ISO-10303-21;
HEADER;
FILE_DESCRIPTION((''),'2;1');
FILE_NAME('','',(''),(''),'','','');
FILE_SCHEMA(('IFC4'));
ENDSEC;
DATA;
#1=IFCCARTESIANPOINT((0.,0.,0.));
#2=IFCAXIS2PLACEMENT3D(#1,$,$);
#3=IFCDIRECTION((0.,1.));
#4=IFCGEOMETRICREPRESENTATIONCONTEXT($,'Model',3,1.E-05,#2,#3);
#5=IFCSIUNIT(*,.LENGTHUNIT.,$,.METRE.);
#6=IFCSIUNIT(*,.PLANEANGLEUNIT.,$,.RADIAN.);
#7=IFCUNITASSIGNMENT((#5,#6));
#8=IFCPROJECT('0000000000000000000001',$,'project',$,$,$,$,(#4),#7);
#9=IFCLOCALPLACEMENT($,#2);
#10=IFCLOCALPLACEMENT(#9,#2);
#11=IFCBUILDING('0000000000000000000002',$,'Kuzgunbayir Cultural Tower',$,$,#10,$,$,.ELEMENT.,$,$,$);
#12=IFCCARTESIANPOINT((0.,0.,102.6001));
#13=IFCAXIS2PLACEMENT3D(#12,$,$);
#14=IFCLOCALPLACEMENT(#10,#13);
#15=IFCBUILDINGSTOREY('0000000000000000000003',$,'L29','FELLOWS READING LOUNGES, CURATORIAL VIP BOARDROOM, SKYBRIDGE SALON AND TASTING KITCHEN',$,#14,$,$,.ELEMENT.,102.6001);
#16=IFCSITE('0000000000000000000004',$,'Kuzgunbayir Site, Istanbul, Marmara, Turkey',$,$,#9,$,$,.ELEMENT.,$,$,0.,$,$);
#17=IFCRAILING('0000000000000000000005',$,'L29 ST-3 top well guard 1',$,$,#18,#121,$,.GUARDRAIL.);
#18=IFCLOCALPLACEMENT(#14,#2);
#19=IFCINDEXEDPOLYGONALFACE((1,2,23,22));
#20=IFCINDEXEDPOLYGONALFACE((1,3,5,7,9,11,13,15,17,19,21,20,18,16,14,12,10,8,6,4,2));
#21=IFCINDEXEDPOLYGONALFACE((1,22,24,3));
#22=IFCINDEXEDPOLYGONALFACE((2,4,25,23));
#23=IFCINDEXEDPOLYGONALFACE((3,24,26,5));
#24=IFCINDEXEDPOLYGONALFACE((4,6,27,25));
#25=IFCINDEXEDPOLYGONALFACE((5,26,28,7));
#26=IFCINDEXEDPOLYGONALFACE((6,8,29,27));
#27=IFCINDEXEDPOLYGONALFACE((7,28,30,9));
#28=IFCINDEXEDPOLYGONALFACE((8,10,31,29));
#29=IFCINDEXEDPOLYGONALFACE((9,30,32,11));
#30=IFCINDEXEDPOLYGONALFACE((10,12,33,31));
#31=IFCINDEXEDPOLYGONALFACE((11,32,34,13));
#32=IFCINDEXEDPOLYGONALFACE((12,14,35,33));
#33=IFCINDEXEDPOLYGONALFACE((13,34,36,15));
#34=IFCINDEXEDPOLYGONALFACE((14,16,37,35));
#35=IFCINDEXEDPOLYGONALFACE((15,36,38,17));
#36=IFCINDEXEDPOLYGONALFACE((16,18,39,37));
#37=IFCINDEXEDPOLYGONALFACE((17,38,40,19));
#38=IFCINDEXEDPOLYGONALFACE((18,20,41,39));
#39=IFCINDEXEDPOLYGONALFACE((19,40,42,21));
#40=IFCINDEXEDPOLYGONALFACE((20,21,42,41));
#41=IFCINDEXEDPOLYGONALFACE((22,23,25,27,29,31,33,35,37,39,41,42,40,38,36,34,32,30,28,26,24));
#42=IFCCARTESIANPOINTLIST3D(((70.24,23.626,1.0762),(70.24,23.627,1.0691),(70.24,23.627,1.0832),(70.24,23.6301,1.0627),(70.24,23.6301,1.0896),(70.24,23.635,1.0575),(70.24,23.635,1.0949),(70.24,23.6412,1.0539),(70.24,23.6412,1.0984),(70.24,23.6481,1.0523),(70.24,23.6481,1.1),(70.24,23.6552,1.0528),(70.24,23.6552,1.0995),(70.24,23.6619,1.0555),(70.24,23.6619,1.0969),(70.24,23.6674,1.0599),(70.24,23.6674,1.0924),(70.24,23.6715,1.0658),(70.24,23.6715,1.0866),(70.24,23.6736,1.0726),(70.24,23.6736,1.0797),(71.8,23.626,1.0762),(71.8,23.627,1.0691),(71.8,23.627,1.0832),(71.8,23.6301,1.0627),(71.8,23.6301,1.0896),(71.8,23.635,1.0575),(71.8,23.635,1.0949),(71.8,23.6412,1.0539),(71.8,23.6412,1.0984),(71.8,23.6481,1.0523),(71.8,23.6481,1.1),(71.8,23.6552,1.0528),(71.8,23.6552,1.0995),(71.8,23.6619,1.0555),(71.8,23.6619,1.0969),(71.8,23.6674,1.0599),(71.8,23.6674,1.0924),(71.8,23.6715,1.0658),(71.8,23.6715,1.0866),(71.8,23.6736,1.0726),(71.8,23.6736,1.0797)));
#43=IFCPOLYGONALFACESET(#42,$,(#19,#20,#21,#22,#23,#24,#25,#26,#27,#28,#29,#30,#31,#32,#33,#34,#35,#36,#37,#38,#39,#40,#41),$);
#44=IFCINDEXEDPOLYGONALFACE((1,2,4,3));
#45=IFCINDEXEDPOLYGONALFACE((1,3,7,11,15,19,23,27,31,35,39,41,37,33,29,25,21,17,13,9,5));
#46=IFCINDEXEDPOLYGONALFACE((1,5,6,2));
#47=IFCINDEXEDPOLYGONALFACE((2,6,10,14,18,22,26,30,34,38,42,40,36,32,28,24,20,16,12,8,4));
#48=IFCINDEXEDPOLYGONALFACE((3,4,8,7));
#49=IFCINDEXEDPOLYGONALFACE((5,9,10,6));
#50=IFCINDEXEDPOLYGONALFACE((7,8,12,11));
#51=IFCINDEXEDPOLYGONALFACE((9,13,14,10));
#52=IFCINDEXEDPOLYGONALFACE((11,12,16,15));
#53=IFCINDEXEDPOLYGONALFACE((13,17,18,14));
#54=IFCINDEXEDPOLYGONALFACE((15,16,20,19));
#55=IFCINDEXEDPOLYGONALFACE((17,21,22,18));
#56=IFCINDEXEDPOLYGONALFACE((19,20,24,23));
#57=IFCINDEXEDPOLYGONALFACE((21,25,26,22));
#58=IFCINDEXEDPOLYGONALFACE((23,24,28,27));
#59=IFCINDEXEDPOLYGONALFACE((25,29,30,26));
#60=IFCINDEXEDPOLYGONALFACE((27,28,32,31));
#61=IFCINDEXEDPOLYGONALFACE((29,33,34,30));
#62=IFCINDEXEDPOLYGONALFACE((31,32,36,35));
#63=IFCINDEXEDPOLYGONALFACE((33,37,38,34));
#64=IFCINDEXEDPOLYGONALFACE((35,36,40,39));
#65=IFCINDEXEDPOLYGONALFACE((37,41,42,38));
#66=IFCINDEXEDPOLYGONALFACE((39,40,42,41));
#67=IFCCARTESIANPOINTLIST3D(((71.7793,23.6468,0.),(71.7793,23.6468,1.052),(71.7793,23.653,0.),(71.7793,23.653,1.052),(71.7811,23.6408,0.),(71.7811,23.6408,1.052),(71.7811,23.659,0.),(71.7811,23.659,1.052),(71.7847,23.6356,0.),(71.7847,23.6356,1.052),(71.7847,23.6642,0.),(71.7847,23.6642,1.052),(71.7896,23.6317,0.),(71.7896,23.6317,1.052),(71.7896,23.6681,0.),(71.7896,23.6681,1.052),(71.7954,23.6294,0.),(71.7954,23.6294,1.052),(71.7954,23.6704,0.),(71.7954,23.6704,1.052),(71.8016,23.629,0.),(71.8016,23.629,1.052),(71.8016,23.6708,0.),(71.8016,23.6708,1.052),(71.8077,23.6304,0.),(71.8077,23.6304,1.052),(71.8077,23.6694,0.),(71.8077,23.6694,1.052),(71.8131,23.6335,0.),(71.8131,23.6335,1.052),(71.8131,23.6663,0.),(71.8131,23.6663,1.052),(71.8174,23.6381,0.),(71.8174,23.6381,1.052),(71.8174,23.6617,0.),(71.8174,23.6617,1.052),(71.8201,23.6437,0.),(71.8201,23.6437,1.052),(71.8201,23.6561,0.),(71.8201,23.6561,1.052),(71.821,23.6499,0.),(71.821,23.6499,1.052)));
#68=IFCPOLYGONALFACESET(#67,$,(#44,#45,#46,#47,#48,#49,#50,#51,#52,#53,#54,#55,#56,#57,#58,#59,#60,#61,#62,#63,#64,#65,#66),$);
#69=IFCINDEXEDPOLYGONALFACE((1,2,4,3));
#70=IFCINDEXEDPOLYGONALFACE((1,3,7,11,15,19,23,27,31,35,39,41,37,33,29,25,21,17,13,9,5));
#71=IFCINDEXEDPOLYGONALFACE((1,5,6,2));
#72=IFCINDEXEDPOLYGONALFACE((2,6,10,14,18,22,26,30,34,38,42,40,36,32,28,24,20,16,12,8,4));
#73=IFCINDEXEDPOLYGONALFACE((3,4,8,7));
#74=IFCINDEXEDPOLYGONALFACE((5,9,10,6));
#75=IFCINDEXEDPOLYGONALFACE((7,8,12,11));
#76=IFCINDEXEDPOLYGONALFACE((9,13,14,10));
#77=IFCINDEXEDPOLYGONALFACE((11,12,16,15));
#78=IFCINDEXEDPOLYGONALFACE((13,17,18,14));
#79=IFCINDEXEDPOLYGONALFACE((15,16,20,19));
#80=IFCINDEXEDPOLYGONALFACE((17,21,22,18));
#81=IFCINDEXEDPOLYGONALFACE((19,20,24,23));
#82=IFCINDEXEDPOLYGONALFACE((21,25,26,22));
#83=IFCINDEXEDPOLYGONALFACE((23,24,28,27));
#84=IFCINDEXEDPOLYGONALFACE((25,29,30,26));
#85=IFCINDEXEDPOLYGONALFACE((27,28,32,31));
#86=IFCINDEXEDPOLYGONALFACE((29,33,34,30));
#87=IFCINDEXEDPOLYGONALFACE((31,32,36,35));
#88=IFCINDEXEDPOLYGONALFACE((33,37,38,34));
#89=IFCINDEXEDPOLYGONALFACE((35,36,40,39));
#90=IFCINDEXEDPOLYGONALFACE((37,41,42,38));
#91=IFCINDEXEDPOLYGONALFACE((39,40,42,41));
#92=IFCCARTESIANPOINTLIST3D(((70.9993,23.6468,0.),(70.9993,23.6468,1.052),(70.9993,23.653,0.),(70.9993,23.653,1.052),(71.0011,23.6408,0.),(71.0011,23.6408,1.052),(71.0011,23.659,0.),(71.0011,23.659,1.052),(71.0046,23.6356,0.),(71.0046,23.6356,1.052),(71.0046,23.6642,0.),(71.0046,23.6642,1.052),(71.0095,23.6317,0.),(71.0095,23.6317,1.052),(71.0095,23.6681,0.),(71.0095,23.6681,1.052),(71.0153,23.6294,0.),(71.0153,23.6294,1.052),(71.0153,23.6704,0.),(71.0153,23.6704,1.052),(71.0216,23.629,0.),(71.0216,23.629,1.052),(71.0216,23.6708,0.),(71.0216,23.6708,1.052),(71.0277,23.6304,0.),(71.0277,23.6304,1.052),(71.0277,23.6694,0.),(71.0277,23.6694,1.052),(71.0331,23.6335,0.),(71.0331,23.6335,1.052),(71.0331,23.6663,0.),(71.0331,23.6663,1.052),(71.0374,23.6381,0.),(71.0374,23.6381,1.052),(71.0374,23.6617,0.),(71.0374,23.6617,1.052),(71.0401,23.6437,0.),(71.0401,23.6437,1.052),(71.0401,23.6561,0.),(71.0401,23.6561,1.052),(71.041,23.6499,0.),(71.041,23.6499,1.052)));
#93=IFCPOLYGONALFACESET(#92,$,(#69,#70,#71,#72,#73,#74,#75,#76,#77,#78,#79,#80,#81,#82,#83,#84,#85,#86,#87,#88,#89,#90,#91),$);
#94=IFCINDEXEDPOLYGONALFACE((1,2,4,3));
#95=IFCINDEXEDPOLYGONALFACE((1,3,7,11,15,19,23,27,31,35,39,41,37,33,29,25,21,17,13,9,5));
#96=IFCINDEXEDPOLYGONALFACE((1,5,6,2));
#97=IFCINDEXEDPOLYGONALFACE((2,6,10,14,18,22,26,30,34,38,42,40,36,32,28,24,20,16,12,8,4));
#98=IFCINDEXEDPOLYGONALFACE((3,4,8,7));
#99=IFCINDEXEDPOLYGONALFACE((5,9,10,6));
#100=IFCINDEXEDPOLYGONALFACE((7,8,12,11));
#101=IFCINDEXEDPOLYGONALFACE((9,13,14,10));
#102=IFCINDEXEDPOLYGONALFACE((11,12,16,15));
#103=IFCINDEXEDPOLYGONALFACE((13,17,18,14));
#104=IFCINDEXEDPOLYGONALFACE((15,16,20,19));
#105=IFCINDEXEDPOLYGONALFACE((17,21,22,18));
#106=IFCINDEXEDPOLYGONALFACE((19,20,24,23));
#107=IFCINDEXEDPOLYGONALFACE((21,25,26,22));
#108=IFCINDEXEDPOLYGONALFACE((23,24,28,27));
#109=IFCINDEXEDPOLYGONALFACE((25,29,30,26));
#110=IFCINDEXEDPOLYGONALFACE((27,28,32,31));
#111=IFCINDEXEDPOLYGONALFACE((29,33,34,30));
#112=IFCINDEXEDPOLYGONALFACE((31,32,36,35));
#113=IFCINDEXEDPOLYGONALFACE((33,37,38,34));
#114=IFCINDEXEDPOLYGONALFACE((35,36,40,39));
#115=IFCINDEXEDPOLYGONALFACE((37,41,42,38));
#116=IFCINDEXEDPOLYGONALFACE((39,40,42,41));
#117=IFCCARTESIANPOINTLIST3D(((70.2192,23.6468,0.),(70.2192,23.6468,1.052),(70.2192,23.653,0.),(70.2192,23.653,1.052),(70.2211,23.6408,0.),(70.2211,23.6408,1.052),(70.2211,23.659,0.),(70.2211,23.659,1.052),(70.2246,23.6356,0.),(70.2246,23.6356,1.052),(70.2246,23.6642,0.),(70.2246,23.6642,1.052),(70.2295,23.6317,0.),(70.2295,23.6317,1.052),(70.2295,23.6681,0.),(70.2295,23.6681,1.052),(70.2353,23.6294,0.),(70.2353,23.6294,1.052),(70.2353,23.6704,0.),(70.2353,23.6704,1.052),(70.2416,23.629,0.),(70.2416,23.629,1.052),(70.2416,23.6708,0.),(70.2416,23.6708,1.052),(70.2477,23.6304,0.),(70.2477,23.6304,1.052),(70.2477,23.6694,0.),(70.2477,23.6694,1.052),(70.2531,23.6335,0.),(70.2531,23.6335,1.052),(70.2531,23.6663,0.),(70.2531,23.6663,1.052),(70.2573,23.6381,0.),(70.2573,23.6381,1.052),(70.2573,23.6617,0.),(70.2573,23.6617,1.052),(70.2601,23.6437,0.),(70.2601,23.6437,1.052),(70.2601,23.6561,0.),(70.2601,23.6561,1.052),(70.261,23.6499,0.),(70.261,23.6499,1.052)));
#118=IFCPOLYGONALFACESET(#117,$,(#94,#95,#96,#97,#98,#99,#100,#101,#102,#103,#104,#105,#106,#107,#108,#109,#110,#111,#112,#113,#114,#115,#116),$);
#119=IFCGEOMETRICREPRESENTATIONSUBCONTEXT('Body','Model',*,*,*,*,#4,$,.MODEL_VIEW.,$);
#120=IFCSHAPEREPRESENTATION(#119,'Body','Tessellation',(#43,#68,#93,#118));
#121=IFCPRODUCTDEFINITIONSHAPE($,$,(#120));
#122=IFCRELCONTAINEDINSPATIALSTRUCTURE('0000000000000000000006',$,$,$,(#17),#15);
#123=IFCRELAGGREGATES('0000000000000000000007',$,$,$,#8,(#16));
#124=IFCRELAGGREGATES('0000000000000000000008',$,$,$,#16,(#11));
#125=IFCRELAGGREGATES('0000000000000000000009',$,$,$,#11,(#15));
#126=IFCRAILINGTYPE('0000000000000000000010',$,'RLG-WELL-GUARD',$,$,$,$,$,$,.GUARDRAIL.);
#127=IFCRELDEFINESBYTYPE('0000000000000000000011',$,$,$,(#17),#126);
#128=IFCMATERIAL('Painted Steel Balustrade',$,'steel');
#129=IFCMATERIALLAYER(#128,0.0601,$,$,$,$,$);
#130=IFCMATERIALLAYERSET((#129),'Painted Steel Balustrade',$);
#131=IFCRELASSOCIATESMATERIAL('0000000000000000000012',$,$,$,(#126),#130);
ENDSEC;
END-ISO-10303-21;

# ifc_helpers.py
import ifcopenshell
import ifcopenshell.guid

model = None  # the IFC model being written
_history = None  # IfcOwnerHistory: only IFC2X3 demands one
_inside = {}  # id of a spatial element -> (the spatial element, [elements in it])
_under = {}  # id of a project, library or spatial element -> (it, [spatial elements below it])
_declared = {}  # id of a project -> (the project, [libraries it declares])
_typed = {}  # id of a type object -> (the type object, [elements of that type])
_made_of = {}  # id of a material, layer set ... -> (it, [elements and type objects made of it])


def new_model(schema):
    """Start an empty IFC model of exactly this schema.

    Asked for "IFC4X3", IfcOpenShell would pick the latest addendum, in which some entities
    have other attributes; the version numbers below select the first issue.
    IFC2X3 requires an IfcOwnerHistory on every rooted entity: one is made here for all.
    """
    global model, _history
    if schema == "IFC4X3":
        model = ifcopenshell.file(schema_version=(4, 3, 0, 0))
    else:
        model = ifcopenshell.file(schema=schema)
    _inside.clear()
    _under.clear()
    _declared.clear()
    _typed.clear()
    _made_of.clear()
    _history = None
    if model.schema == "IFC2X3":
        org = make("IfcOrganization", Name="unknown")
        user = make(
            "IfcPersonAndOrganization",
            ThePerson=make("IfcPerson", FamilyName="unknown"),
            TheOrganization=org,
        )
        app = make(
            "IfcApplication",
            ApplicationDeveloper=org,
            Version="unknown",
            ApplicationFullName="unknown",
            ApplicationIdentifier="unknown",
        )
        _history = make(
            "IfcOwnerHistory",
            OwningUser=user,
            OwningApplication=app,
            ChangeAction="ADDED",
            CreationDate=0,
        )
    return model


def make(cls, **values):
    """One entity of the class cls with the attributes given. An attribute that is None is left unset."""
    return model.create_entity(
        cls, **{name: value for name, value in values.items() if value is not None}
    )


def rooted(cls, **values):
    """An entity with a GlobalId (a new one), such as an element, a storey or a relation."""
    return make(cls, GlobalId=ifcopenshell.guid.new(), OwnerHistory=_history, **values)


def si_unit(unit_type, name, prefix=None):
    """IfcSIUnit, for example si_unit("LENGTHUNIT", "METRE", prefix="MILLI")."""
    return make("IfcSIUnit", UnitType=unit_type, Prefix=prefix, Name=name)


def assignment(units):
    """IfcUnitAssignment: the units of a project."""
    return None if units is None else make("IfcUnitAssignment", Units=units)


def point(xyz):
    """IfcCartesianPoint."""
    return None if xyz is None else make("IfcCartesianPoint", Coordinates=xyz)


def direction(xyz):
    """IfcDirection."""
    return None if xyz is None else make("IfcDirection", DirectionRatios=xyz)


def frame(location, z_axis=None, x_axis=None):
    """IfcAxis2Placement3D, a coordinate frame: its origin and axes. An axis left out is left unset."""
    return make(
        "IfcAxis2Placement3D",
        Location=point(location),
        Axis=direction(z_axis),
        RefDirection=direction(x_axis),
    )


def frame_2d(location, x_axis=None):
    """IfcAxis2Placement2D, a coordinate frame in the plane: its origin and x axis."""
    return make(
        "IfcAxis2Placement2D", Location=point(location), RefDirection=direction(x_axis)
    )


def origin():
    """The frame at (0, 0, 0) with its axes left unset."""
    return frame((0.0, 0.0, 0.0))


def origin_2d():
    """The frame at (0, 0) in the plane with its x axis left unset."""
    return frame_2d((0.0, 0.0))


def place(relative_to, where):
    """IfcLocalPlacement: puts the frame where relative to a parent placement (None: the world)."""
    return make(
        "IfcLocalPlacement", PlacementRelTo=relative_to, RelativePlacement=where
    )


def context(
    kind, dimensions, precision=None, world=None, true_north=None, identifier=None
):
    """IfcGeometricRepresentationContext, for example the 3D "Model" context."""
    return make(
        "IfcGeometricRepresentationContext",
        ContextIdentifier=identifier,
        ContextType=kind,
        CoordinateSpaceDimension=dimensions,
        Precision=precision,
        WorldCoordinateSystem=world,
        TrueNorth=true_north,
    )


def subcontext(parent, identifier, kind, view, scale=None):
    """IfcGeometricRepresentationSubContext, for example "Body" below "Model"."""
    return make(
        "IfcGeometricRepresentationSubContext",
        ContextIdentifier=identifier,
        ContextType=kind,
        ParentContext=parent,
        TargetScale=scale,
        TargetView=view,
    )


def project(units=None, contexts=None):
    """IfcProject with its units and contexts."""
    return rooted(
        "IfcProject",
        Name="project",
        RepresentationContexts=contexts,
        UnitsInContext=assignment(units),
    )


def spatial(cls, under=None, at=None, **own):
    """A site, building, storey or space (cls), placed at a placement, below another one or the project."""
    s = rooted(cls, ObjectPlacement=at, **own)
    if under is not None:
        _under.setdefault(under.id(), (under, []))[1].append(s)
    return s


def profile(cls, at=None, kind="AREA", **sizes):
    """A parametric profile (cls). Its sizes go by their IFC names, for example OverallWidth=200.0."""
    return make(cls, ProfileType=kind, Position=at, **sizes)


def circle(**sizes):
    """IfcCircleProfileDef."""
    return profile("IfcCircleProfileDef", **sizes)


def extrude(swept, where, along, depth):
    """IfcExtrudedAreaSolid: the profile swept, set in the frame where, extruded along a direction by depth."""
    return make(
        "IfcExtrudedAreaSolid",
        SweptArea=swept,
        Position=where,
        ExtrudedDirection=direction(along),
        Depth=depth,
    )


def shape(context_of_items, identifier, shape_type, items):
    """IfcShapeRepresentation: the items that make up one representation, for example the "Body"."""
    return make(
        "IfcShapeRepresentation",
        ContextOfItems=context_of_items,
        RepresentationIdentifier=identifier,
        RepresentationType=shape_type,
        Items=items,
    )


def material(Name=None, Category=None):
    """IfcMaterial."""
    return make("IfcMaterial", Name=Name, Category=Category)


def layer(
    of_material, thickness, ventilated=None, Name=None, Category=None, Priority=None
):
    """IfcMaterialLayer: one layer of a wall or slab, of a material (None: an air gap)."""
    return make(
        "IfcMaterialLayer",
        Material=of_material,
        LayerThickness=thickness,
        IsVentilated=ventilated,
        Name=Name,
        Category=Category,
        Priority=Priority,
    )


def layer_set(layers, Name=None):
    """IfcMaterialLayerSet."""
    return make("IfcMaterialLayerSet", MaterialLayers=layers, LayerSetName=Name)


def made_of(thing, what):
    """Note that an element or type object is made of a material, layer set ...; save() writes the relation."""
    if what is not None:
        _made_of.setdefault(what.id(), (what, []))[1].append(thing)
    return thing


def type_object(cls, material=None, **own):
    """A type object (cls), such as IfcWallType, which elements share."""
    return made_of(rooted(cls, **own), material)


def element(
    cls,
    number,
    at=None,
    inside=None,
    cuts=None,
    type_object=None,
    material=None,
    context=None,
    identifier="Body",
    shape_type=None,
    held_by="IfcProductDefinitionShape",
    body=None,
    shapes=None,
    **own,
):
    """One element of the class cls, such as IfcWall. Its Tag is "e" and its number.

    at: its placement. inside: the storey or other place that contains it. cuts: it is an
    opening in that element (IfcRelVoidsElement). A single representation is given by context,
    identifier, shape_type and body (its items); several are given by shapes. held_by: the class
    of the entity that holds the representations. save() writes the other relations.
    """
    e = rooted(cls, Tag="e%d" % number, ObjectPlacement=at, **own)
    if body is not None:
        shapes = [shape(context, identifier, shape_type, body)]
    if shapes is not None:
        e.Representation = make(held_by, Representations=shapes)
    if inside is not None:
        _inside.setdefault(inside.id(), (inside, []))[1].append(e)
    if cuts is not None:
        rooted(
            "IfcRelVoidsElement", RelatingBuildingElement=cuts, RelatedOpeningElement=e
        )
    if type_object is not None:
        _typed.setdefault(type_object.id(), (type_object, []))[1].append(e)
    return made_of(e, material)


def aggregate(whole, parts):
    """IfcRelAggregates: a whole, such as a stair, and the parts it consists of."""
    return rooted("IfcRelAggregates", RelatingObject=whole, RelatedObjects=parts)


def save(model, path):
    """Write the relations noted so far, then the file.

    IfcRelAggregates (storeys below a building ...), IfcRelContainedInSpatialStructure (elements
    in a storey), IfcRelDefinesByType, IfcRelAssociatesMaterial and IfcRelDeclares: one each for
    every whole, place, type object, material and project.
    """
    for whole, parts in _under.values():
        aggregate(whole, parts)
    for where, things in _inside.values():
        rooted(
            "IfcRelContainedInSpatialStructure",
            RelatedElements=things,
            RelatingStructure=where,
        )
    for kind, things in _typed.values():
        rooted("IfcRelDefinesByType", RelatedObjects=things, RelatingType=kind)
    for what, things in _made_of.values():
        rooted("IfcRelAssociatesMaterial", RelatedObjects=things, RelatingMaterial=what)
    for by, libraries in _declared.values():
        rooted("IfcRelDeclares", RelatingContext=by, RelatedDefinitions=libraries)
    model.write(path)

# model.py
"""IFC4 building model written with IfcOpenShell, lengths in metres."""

from ifc_helpers import new_model, si_unit, direction, frame, origin, origin_2d, place, context, subcontext, project, spatial, circle, extrude, material, layer, layer_set, type_object, element, save


model = new_model("IFC4")

# Units and contexts
model_context = context("Model", 3, precision=1e-05, world=origin(), true_north=direction((0.0, 1.0)))
body_context = subcontext(model_context, "Body", "Model", "MODEL_VIEW")
ifc_project = project(units=[si_unit("LENGTHUNIT", "METRE"), si_unit("PLANEANGLEUNIT", "RADIAN")], contexts=[model_context])

# Site, building, storey
site_placement = place(None, origin())
site = spatial("IfcSite", under=ifc_project, at=site_placement, Name="Kuzgunbayir Site, Istanbul, Marmara, Turkey", CompositionType="ELEMENT", RefElevation=0.0)
building_placement = place(site_placement, origin())
building = spatial("IfcBuilding", under=site, at=building_placement, Name="Kuzgunbayir Cultural Tower", CompositionType="ELEMENT")
storey_placement = place(building_placement, frame((0.0, 0.0, 102.6001)))
storey = spatial("IfcBuildingStorey", under=building, at=storey_placement, Name="L29", Description="FELLOWS READING LOUNGES, CURATORIAL VIP BOARDROOM, SKYBRIDGE SALON AND TASTING KITCHEN", CompositionType="ELEMENT", Elevation=102.6001)

# Railing
ifc_material_1 = material(Name="Painted Steel Balustrade", Category="steel")
ifc_layer_1 = layer(ifc_material_1, 0.0601)
ifc_layer_set_1 = layer_set([ifc_layer_1], Name="Painted Steel Balustrade")
railing_type = type_object("IfcRailingType", Name="RLG-WELL-GUARD", PredefinedType="GUARDRAIL", material=ifc_layer_set_1)
railing_placement = place(storey_placement, frame((71.8, 23.6499, 0.0)))
element("IfcRailing", 1, at=railing_placement, inside=storey, type_object=railing_type, Name="L29 ST-3 top well guard 1", PredefinedType="GUARDRAIL", context=body_context, shape_type="SweptSolid", body=[
    extrude(circle(Radius=0.0239, at=origin_2d()), frame((0.0, 0.0, 1.0762), z_axis=(-1.0, 0.0, 0.0), x_axis=(0.0, -1.0, 0.0)), (0.0, 0.0, 1.0), 1.5601),
    extrude(circle(Radius=0.021, at=origin_2d()), origin(), (0.0, 0.0, 1.0), 1.052),
    extrude(circle(Radius=0.021, at=origin_2d()), frame((-0.78, 0.0, 0.0)), (0.0, 0.0, 1.0), 1.052),
    extrude(circle(Radius=0.021, at=origin_2d()), frame((-1.5601, 0.0, 0.0)), (0.0, 0.0, 1.0), 1.052),
])

save(model, "model.ifc")
